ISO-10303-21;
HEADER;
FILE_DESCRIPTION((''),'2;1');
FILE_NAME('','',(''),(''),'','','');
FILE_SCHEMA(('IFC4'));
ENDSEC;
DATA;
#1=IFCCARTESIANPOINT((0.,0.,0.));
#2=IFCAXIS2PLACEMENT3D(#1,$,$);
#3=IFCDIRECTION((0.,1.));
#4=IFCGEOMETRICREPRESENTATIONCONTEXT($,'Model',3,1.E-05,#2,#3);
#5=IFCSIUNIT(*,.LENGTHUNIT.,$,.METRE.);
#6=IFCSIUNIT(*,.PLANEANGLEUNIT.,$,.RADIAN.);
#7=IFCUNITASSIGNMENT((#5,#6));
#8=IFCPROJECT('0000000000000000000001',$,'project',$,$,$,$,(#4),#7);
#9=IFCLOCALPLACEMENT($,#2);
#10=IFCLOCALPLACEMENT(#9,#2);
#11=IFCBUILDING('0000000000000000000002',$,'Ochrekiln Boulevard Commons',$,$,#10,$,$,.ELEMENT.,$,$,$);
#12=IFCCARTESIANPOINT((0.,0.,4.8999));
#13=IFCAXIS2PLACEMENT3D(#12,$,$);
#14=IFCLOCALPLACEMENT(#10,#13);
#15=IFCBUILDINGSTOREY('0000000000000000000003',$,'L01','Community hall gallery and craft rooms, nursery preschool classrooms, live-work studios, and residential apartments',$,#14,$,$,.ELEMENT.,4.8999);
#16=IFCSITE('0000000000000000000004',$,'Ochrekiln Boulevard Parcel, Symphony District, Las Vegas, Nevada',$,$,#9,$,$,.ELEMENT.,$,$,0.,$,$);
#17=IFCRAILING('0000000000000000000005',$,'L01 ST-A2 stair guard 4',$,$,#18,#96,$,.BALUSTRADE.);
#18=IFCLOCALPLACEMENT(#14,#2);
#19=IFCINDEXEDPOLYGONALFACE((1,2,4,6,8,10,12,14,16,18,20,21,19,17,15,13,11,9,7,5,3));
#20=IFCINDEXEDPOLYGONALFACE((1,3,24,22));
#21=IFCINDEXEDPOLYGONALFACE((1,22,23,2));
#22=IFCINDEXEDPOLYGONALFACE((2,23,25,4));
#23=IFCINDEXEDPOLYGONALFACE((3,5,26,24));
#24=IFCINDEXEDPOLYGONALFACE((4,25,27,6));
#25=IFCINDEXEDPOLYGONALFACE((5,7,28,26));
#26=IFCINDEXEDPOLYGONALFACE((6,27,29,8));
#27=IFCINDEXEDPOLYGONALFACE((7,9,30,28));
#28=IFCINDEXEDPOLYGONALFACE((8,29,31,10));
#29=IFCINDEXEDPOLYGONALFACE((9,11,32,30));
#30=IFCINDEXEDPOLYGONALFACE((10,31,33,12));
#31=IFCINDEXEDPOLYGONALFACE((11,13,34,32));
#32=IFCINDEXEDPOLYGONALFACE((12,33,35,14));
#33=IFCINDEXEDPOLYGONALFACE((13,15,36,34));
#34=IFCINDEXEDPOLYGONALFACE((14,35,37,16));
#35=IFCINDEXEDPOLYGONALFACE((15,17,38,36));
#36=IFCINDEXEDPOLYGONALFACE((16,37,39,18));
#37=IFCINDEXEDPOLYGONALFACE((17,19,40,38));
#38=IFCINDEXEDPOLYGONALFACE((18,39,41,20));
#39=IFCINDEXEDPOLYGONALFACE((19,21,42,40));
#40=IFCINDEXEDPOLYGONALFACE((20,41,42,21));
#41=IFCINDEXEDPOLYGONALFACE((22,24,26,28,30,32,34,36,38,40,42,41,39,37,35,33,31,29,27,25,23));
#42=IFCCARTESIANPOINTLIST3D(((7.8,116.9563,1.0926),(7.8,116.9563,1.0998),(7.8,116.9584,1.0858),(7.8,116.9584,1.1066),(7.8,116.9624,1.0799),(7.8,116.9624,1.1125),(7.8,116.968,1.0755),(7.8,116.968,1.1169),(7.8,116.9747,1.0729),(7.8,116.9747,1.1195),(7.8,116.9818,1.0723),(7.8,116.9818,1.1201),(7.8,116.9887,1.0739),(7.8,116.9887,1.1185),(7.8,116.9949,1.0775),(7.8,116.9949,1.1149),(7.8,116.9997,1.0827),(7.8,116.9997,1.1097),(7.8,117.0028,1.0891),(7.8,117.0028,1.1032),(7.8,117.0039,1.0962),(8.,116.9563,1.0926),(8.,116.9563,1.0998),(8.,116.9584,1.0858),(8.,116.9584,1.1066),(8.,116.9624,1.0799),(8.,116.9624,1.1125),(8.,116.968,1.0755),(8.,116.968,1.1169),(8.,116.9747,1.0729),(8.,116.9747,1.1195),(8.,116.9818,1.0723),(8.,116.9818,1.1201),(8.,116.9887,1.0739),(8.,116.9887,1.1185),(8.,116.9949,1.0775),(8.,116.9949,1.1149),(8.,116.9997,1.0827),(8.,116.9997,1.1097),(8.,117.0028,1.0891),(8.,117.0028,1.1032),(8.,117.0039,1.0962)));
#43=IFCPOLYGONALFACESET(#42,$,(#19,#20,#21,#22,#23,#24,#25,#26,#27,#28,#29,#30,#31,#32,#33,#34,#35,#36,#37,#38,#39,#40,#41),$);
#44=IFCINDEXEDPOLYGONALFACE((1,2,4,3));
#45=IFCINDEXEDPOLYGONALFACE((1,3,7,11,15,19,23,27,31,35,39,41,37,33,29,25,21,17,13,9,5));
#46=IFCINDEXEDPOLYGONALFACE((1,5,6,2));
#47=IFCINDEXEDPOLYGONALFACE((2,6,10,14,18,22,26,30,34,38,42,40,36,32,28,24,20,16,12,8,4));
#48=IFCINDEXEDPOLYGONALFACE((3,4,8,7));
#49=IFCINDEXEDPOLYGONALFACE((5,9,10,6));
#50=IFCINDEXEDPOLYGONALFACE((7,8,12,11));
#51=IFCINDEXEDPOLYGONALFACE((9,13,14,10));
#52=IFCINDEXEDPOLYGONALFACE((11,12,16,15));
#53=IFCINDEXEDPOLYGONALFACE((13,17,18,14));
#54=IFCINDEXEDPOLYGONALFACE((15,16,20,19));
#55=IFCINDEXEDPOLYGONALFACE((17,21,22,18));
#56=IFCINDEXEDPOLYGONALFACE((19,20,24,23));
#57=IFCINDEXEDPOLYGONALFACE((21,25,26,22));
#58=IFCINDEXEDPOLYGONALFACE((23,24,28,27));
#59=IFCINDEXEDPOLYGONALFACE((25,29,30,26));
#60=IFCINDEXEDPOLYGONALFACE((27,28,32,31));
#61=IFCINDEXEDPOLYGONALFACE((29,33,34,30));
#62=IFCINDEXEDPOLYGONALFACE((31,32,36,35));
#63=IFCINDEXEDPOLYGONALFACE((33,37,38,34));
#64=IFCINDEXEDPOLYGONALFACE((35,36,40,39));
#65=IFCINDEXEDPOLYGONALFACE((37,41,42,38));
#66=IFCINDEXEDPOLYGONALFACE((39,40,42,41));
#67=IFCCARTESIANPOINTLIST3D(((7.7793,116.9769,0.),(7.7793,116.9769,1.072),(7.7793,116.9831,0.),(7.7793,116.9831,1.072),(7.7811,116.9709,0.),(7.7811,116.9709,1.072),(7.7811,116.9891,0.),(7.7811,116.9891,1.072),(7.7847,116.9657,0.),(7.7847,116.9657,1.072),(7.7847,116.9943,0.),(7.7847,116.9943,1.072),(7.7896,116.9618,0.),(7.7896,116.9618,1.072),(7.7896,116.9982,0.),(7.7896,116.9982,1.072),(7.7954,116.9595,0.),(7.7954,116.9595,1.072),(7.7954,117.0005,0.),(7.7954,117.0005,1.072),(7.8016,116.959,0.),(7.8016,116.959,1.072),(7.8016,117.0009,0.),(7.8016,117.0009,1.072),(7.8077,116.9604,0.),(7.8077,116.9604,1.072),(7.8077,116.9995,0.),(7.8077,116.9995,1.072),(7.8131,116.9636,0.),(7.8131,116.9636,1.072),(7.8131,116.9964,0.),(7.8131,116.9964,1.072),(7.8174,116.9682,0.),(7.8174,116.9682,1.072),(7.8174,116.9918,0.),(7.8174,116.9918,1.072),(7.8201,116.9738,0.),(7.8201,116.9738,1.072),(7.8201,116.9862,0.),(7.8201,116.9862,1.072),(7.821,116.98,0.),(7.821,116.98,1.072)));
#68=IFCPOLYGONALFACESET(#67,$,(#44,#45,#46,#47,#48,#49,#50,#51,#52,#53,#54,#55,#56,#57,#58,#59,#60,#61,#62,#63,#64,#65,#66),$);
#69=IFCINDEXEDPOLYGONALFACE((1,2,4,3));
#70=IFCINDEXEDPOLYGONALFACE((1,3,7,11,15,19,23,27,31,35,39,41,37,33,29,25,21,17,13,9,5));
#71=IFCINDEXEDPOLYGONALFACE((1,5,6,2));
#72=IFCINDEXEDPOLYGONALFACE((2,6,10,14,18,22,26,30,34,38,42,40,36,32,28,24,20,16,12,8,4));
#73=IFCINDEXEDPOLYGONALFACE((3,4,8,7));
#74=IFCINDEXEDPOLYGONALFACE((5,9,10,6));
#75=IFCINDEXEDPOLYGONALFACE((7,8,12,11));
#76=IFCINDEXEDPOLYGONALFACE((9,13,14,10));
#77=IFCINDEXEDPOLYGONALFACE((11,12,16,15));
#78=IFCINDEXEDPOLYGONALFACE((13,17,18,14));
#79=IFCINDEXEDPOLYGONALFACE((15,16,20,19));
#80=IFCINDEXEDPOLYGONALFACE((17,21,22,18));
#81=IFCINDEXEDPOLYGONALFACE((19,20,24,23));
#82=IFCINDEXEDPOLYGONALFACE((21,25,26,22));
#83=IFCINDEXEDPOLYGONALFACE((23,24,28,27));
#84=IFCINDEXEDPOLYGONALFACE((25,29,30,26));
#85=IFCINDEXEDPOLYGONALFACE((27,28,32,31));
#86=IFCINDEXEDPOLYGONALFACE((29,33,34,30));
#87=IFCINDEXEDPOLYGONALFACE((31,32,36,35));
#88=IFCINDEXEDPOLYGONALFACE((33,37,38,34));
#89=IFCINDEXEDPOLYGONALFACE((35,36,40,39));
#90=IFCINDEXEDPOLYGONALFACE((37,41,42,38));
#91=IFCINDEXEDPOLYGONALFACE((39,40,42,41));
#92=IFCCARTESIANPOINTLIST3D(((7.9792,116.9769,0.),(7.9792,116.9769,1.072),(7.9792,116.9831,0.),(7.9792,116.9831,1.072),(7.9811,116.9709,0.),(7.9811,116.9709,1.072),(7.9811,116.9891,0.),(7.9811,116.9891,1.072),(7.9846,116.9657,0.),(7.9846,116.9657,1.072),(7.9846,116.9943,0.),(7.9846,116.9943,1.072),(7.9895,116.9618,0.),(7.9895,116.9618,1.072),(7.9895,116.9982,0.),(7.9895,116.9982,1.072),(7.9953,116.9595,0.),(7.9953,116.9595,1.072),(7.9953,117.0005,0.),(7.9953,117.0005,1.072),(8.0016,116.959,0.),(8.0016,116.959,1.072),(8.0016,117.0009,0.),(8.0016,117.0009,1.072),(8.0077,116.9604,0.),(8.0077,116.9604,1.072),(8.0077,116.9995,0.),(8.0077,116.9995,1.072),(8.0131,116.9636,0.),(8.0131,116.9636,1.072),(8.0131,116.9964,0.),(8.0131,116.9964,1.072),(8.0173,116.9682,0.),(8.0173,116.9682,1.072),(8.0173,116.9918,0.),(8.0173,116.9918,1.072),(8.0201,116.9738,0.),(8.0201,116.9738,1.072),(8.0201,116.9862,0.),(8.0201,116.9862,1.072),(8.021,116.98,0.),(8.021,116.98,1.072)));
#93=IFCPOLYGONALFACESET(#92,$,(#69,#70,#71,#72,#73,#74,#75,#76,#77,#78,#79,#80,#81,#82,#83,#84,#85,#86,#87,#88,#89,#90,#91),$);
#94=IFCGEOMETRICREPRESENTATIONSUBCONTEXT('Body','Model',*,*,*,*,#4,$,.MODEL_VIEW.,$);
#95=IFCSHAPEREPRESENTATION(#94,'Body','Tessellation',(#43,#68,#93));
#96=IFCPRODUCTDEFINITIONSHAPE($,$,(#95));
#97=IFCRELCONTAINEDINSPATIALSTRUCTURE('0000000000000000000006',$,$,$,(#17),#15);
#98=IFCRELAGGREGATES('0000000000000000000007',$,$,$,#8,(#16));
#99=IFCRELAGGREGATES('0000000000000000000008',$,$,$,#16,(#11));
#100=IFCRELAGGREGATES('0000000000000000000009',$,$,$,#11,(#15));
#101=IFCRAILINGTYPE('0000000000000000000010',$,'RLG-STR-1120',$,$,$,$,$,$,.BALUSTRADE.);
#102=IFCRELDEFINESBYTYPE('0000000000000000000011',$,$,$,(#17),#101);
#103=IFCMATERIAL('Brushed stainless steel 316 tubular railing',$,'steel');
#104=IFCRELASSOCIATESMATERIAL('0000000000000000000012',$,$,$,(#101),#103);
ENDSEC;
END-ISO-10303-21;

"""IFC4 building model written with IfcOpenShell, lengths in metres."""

from ifc_helpers import new_model, si_unit, direction, frame, origin, origin_2d, place, context, subcontext, project, spatial, circle, extrude, material, type_object, element, save


model = new_model("IFC4")

# Units and contexts
model_context = context("Model", 3, precision=1e-05, world=origin(), true_north=direction((0.0, 1.0)))
body_context = subcontext(model_context, "Body", "Model", "MODEL_VIEW")
ifc_project = project(units=[si_unit("LENGTHUNIT", "METRE"), si_unit("PLANEANGLEUNIT", "RADIAN")], contexts=[model_context])

# Site, building, storey
site_placement = place(None, origin())
site = spatial("IfcSite", under=ifc_project, at=site_placement, Name="Ochrekiln Boulevard Parcel, Symphony District, Las Vegas, Nevada", CompositionType="ELEMENT", RefElevation=0.0)
building_placement = place(site_placement, origin())
building = spatial("IfcBuilding", under=site, at=building_placement, Name="Ochrekiln Boulevard Commons", CompositionType="ELEMENT")
storey_placement = place(building_placement, frame((0.0, 0.0, 4.8999)))
storey = spatial("IfcBuildingStorey", under=building, at=storey_placement, Name="L01", Description="Community hall gallery and craft rooms, nursery preschool classrooms, live-work studios, and residential apartments", CompositionType="ELEMENT", Elevation=4.8999)

# Railing
ifc_material_1 = material(Name="Brushed stainless steel 316 tubular railing", Category="steel")
railing_type_1 = type_object("IfcRailingType", Name="RLG-STR-1120", PredefinedType="BALUSTRADE", material=ifc_material_1)
railing_1_placement = place(storey_placement, frame((7.8, 116.98, 0.0)))
element("IfcRailing", 1, at=railing_1_placement, inside=storey, type_object=railing_type_1, Name="L01 ST-A2 stair guard 4", PredefinedType="BALUSTRADE", context=body_context, shape_type="SweptSolid", body=[
    extrude(circle(Radius=0.0239, at=origin_2d()), frame((0.0, 0.0, 1.0962), z_axis=(1.0, 0.0, 0.0), x_axis=(0.0, 1.0, 0.0)), (0.0, 0.0, 1.0), 0.2),
    extrude(circle(Radius=0.021, at=origin_2d()), origin(), (0.0, 0.0, 1.0), 1.072),
    extrude(circle(Radius=0.021, at=origin_2d()), frame((0.2, 0.0, 0.0)), (0.0, 0.0, 1.0), 1.072),
])

save(model, "model.ifc")
